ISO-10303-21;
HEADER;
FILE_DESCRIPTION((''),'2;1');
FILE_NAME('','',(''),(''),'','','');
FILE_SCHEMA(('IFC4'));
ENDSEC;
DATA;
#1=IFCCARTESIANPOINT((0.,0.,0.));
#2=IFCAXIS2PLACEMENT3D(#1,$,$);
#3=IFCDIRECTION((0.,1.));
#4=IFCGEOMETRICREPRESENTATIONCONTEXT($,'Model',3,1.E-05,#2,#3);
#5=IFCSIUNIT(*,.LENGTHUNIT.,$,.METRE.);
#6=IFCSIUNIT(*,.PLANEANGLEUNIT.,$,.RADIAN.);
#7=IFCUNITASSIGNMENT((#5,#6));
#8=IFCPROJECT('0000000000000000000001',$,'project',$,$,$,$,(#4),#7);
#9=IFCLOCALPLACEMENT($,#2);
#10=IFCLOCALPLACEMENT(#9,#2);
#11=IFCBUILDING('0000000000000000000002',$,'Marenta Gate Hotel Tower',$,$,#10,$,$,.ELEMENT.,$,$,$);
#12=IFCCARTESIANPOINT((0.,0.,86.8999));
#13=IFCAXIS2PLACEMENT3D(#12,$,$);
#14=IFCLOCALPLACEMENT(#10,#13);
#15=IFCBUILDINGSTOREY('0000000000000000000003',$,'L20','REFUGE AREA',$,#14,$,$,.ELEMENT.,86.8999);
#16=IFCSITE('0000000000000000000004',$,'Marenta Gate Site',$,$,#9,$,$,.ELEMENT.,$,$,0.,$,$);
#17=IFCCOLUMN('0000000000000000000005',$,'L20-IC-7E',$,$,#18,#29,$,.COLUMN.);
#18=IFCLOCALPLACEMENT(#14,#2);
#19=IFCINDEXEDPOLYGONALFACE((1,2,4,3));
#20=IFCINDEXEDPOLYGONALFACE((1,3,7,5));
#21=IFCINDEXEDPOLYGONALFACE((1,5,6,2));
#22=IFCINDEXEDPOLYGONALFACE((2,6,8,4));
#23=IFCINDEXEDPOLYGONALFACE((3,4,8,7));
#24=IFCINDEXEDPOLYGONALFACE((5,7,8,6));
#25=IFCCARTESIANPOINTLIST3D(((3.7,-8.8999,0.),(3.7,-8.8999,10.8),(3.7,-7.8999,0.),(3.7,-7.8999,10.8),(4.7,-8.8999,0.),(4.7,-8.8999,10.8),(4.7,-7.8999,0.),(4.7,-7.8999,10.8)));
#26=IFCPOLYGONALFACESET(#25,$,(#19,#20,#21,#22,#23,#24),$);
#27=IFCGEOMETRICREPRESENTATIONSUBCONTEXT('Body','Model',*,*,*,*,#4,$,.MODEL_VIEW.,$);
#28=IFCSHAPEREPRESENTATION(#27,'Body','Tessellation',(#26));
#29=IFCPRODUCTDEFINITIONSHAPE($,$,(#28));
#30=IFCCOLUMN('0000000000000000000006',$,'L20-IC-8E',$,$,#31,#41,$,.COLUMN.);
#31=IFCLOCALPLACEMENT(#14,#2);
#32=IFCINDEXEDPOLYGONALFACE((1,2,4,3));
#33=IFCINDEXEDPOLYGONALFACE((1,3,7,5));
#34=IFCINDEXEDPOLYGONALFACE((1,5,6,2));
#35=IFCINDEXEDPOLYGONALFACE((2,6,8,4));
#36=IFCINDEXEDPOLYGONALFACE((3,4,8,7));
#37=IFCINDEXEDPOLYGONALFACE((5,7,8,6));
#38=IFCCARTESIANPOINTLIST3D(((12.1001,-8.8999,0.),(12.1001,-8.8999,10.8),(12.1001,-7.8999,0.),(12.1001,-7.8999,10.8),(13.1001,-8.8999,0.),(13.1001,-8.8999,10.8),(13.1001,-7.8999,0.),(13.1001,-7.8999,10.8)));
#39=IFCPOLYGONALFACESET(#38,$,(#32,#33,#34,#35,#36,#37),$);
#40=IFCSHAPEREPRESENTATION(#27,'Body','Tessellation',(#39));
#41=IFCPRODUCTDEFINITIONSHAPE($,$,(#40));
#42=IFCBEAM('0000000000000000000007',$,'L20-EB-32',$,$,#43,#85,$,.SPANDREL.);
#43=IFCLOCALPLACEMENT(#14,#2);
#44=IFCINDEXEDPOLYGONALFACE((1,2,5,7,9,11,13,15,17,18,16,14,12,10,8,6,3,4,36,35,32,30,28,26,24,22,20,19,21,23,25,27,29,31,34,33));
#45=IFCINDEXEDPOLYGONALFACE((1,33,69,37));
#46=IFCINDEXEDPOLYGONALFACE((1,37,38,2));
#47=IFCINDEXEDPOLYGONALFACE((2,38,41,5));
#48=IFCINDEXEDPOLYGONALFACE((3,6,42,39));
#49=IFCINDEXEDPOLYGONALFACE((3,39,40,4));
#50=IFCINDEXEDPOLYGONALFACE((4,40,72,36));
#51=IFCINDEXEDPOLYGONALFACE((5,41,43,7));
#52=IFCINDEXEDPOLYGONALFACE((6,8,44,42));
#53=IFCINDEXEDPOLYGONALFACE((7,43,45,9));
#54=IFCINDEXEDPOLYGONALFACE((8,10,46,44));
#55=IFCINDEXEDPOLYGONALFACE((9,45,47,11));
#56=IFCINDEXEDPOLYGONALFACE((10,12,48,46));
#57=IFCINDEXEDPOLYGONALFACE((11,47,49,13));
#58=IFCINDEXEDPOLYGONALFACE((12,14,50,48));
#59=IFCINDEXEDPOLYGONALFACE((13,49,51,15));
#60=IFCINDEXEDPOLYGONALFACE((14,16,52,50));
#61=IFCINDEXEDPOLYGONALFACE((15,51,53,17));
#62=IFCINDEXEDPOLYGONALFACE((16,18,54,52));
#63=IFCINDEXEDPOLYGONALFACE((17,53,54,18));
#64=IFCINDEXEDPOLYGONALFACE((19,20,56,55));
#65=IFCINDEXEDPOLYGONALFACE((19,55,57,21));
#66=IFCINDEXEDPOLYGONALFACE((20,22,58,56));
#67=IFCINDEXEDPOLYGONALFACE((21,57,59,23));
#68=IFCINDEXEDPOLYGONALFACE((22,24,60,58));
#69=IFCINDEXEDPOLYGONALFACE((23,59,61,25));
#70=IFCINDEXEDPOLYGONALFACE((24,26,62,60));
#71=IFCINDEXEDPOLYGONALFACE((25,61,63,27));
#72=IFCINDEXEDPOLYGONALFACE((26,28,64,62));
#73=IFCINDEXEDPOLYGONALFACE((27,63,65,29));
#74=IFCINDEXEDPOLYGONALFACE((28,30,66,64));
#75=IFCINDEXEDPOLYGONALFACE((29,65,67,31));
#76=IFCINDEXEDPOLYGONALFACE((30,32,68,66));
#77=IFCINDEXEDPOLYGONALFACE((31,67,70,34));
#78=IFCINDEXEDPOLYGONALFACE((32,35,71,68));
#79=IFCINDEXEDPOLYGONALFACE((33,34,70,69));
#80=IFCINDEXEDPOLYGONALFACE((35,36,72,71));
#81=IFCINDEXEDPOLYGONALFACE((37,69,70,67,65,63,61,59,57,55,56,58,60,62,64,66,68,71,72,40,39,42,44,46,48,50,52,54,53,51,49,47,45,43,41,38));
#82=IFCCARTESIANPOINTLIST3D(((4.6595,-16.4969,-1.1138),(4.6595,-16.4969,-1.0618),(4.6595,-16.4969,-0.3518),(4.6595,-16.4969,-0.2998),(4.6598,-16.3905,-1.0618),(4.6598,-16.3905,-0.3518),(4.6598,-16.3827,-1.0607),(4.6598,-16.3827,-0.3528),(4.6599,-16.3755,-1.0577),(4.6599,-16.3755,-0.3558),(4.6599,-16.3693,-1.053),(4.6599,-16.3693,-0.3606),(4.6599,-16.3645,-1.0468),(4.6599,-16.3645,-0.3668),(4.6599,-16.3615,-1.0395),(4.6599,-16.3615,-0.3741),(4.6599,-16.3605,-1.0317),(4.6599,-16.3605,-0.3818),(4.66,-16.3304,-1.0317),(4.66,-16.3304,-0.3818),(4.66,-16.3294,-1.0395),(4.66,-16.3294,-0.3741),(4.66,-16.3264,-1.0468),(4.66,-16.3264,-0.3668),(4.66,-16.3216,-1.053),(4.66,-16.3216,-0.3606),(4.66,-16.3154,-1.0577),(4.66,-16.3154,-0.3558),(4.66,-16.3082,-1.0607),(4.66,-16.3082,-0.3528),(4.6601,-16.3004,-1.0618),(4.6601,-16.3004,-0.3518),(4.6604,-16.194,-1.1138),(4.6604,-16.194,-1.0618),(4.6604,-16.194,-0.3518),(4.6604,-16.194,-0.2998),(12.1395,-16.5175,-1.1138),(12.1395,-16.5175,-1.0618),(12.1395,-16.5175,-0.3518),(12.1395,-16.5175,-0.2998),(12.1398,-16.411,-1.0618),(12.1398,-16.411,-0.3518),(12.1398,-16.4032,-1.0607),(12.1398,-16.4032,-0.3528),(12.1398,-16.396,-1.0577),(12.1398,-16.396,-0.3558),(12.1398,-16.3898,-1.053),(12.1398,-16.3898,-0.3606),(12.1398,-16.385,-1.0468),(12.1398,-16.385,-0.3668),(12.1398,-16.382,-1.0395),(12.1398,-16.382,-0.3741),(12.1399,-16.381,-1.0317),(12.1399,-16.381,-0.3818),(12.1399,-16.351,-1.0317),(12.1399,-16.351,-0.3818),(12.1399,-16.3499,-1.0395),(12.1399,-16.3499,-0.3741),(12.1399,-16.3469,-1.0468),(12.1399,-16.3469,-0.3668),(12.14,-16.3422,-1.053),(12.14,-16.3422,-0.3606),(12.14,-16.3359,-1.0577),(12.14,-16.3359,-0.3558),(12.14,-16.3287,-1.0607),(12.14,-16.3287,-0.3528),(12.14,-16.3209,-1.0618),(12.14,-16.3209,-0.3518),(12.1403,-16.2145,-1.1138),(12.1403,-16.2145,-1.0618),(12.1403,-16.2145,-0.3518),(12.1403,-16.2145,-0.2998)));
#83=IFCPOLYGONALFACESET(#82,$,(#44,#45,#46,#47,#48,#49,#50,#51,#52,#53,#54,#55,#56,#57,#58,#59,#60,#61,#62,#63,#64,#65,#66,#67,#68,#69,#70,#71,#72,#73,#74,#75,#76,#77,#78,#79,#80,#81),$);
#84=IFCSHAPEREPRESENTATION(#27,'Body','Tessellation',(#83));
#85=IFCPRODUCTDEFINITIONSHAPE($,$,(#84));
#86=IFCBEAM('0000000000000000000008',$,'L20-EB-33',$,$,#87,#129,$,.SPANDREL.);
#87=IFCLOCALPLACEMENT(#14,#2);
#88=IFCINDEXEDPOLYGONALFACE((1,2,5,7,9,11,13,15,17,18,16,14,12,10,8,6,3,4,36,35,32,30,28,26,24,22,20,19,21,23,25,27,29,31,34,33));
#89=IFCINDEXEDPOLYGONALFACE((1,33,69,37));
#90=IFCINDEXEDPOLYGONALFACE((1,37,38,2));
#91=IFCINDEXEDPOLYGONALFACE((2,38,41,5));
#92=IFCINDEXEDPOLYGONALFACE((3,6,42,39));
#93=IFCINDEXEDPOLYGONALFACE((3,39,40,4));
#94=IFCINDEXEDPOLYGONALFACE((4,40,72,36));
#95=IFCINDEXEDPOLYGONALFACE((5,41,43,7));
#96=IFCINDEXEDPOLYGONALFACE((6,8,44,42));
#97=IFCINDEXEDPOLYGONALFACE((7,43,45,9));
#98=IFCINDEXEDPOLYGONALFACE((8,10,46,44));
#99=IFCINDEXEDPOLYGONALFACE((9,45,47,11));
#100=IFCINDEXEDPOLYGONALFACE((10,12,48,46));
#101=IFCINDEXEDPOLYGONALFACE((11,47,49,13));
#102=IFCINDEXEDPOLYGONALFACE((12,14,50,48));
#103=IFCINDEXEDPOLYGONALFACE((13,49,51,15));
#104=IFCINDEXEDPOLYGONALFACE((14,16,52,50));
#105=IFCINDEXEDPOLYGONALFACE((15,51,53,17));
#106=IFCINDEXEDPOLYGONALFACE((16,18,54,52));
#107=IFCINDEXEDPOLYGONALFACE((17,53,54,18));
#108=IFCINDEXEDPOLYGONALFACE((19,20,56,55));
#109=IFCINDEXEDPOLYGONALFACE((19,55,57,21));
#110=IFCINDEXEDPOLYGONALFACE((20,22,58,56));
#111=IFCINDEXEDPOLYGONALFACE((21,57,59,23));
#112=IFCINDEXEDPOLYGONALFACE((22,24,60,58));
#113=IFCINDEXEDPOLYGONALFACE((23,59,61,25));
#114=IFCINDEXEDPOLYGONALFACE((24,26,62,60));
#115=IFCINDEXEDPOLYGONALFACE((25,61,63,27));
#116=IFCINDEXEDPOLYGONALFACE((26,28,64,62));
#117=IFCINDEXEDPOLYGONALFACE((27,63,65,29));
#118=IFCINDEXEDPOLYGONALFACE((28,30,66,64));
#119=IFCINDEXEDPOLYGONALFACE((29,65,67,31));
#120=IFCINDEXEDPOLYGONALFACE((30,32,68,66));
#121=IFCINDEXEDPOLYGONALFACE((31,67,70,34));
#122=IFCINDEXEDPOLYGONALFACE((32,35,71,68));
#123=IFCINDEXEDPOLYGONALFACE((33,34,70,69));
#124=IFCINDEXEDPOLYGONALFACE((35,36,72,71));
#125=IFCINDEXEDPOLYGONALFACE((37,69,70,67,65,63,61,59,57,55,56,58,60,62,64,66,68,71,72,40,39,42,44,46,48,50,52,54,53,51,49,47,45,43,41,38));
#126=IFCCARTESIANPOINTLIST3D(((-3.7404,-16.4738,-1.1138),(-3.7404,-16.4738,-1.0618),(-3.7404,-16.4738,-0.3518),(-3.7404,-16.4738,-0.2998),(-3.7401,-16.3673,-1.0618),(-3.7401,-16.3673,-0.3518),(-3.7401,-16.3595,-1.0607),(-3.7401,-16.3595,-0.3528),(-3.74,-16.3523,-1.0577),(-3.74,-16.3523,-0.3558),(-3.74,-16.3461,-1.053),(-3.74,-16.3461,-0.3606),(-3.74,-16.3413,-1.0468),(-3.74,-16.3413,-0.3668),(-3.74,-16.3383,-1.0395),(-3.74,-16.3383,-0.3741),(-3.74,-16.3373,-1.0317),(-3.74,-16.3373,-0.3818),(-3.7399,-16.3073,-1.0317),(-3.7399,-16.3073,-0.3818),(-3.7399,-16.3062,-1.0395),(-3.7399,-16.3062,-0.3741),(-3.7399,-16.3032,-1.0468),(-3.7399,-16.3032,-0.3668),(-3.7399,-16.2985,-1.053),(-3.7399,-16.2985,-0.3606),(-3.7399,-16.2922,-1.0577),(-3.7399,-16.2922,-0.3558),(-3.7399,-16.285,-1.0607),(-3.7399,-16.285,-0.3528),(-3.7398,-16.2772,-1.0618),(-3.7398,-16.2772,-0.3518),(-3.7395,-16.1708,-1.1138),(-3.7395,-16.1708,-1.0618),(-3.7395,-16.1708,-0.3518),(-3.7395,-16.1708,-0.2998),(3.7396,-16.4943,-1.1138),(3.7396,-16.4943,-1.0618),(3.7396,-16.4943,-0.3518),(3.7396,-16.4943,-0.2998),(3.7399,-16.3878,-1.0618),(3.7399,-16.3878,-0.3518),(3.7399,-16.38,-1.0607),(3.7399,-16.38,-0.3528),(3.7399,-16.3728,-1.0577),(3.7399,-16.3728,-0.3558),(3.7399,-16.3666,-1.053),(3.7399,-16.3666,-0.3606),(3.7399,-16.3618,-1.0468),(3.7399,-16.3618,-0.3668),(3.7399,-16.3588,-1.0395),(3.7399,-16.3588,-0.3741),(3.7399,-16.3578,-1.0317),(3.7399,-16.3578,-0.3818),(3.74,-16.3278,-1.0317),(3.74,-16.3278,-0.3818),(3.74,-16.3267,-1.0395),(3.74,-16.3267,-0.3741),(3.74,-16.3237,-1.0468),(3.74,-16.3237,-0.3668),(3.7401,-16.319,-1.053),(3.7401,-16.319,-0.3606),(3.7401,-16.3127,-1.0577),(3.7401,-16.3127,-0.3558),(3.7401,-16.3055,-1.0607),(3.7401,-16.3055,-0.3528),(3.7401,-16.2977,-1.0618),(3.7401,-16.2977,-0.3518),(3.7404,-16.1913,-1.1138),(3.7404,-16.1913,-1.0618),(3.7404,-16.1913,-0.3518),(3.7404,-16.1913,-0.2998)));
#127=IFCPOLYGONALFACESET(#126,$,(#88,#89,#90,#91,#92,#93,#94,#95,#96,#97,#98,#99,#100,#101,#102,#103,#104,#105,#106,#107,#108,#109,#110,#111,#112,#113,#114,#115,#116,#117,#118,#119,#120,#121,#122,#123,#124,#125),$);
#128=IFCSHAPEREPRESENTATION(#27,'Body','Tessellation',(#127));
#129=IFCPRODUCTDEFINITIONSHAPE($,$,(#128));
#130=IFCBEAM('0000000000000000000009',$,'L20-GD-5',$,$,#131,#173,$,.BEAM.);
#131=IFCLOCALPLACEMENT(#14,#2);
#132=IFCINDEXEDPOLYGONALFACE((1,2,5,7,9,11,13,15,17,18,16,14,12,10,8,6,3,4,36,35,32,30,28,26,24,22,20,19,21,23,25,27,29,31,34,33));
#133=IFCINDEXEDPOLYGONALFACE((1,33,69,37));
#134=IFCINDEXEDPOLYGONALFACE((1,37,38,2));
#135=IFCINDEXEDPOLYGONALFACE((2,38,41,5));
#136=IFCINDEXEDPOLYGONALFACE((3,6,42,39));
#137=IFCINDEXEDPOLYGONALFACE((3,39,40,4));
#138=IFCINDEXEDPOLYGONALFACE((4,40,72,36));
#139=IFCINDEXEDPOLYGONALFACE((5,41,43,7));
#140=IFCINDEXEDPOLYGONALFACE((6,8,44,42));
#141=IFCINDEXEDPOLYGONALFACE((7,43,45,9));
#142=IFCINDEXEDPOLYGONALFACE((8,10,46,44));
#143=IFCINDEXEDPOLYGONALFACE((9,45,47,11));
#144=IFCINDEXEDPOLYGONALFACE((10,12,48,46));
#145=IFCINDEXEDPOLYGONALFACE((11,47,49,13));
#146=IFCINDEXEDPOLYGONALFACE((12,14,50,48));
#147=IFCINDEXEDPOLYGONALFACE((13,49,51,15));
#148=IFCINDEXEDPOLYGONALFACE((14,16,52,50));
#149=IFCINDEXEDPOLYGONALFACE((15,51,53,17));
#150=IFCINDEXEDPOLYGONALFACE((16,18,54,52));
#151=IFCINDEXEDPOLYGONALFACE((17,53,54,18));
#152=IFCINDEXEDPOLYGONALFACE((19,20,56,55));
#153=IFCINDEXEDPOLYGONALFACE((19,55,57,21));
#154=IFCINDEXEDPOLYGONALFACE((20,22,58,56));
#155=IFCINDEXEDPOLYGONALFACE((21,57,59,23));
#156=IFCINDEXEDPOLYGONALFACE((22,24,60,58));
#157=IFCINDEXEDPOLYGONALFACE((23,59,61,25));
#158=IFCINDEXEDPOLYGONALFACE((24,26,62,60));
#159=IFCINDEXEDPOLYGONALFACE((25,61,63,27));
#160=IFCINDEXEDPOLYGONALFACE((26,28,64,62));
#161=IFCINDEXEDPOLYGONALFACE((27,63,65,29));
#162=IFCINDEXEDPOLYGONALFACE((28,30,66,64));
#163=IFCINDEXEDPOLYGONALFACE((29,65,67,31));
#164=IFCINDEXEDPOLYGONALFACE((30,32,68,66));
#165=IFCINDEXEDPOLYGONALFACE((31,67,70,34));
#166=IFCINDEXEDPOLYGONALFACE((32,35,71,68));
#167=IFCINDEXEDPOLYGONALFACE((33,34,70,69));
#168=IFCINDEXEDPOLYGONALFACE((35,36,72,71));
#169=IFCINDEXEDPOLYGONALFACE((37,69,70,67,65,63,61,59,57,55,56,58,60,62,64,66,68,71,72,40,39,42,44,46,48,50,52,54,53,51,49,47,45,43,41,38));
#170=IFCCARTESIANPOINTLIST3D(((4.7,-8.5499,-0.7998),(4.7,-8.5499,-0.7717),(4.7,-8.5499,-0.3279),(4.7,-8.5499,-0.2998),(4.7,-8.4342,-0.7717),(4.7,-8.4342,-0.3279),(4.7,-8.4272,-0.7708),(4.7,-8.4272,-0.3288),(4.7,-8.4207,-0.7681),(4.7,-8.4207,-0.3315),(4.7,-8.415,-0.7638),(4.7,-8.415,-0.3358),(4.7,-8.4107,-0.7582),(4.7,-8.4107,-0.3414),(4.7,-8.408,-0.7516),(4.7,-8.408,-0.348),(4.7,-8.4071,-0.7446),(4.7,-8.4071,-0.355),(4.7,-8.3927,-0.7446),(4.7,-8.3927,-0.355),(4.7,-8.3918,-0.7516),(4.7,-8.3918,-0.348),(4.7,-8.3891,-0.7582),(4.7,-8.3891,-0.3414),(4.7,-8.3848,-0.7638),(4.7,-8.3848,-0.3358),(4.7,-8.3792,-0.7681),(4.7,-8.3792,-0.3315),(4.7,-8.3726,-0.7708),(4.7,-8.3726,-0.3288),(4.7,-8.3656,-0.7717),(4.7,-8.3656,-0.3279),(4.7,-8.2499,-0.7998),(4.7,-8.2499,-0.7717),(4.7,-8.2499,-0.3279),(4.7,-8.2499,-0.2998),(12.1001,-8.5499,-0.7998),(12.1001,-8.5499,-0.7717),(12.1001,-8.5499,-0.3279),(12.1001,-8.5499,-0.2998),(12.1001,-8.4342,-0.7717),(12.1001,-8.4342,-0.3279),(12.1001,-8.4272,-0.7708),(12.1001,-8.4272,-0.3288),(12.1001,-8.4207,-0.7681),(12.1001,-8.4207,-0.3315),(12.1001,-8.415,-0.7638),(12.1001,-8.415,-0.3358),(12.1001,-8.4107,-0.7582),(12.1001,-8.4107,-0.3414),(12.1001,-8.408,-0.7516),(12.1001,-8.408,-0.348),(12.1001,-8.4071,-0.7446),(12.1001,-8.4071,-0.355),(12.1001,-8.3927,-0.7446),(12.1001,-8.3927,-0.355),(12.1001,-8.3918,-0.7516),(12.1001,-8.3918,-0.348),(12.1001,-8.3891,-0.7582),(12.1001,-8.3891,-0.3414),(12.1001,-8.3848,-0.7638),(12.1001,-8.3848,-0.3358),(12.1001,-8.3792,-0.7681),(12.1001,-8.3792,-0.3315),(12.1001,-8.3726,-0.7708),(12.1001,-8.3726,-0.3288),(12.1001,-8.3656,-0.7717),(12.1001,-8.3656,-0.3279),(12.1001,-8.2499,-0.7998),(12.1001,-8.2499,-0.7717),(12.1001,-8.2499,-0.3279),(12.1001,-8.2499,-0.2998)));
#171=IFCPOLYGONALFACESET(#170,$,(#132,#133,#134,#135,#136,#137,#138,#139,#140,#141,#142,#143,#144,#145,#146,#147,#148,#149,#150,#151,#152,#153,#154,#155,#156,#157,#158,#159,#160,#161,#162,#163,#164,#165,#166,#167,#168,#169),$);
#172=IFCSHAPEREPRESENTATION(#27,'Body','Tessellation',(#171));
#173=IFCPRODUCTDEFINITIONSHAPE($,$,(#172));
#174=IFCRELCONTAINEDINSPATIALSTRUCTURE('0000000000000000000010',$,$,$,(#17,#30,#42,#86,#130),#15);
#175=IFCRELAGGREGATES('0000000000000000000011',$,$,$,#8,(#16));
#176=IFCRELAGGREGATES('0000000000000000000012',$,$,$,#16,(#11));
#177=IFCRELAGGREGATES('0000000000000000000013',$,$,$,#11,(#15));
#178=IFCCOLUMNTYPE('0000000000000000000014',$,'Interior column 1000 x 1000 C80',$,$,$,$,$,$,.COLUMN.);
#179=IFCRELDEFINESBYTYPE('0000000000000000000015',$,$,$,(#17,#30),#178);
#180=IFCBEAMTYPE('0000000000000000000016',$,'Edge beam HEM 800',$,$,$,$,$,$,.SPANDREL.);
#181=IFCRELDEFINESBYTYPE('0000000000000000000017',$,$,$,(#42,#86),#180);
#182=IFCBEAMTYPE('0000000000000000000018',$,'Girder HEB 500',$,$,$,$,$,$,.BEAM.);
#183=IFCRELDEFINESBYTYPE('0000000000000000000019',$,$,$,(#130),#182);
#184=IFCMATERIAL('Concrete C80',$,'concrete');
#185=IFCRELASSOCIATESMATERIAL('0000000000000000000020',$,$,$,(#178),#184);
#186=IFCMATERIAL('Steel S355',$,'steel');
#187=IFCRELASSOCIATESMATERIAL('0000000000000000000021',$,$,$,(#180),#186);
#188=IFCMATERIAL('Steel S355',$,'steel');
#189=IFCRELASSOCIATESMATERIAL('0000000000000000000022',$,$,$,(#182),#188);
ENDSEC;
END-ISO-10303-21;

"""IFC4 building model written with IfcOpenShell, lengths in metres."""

from ifc_helpers import new_model, si_unit, direction, frame, origin, origin_2d, place, context, subcontext, project, spatial, rectangle, i_section, extrude, material, material_profile, profile_set, type_object, element, save


model = new_model("IFC4")

# Units and contexts
model_context = context("Model", 3, precision=1e-05, world=origin(), true_north=direction((0.0, 1.0)))
body_context = subcontext(model_context, "Body", "Model", "MODEL_VIEW")
ifc_project = project(units=[si_unit("LENGTHUNIT", "METRE"), si_unit("PLANEANGLEUNIT", "RADIAN")], contexts=[model_context])

# Site, building, storey
site_placement = place(None, origin())
site = spatial("IfcSite", under=ifc_project, at=site_placement, Name="Marenta Gate Site", CompositionType="ELEMENT", RefElevation=0.0)
building_placement = place(site_placement, origin())
building = spatial("IfcBuilding", under=site, at=building_placement, Name="Marenta Gate Hotel Tower", CompositionType="ELEMENT")
storey_placement = place(building_placement, frame((0.0, 0.0, 86.8999)))
storey = spatial("IfcBuildingStorey", under=building, at=storey_placement, Name="L20", Description="REFUGE AREA", CompositionType="ELEMENT", Elevation=86.8999)

# Columns
ifc_material_1 = material(Name="Concrete C80", Category="concrete")
ifc_material_profile_1 = material_profile(ifc_material_1, rectangle(XDim=1.0, YDim=1.0, at=origin_2d()), Name="1000 x 1000")
ifc_profile_set_1 = profile_set([ifc_material_profile_1], Name="Concrete C80")
column_type = type_object("IfcColumnType", Name="Interior column 1000 x 1000 C80", PredefinedType="COLUMN", material=ifc_profile_set_1)
for number, where, z_axis, x_axis, name in (
    (1, (4.2, -8.3999, 0.0), (0.0, 0.0, 1.0), (1.0, 0.0, 0.0), "L20-IC-7E"),
    (2, (12.6001, -8.3999, 0.0), (0.0, 0.0, 1.0), (1.0, 0.0, 0.0), "L20-IC-8E"),
):
    element("IfcColumn", number, at=place(storey_placement, frame(where, z_axis=z_axis, x_axis=x_axis)), inside=storey, type_object=column_type, Name=name, PredefinedType="COLUMN", context=body_context, shape_type="SweptSolid", body=[
        extrude(rectangle(XDim=1.0, YDim=1.0, at=origin_2d()), origin(), (0.0, 0.0, 1.0), 10.8),
    ])

# Beams
ifc_material_2 = material(Name="Steel S355", Category="steel")
ifc_material_profile_2 = material_profile(ifc_material_2, i_section(OverallWidth=0.303, OverallDepth=0.814, WebThickness=0.03, FlangeThickness=0.052, FilletRadius=0.03, at=origin_2d()), Name="HEM 800")
ifc_profile_set_2 = profile_set([ifc_material_profile_2], Name="Steel S355")
beam_type_1 = type_object("IfcBeamType", Name="Edge beam HEM 800", PredefinedType="SPANDREL", material=ifc_profile_set_2)
for number, where, z_axis, x_axis, name in (
    (3, (12.1399, -16.366, -0.7068), (-0.999996, 0.002742, 0.0), (-0.002742, -0.999996, 0.0), "L20-EB-32"),
    (4, (3.74, -16.3428, -0.7068), (-0.999996, 0.002742, 0.0), (-0.002742, -0.999996, 0.0), "L20-EB-33"),
):
    element("IfcBeam", number, at=place(storey_placement, frame(where, z_axis=z_axis, x_axis=x_axis)), inside=storey, type_object=beam_type_1, Name=name, PredefinedType="SPANDREL", context=body_context, shape_type="SweptSolid", body=[
        extrude(i_section(OverallWidth=0.303, OverallDepth=0.814, WebThickness=0.03, FlangeThickness=0.052, FilletRadius=0.03, at=origin_2d()), origin(), (0.0, 0.0, 1.0), 7.48),
    ])
ifc_material_3 = material(Name="Steel S355", Category="steel")
ifc_material_profile_3 = material_profile(ifc_material_3, i_section(OverallWidth=0.3, OverallDepth=0.5, WebThickness=0.0144, FlangeThickness=0.0281, FilletRadius=0.0271, at=origin_2d()), Name="HEB 500")
ifc_profile_set_3 = profile_set([ifc_material_profile_3], Name="Steel S355")
beam_type_2 = type_object("IfcBeamType", Name="Girder HEB 500", PredefinedType="BEAM", material=ifc_profile_set_3)
beam_1_placement = place(storey_placement, frame((4.7, -8.3999, -0.5498), z_axis=(1.0, 0.0, 0.0), x_axis=(0.0, 1.0, 0.0)))
element("IfcBeam", 5, at=beam_1_placement, inside=storey, type_object=beam_type_2, Name="L20-GD-5", PredefinedType="BEAM", context=body_context, shape_type="SweptSolid", body=[
    extrude(i_section(OverallWidth=0.3, OverallDepth=0.5, WebThickness=0.0144, FlangeThickness=0.0281, FilletRadius=0.0271, at=origin_2d()), origin(), (0.0, 0.0, 1.0), 7.4001),
])

save(model, "model.ifc")
